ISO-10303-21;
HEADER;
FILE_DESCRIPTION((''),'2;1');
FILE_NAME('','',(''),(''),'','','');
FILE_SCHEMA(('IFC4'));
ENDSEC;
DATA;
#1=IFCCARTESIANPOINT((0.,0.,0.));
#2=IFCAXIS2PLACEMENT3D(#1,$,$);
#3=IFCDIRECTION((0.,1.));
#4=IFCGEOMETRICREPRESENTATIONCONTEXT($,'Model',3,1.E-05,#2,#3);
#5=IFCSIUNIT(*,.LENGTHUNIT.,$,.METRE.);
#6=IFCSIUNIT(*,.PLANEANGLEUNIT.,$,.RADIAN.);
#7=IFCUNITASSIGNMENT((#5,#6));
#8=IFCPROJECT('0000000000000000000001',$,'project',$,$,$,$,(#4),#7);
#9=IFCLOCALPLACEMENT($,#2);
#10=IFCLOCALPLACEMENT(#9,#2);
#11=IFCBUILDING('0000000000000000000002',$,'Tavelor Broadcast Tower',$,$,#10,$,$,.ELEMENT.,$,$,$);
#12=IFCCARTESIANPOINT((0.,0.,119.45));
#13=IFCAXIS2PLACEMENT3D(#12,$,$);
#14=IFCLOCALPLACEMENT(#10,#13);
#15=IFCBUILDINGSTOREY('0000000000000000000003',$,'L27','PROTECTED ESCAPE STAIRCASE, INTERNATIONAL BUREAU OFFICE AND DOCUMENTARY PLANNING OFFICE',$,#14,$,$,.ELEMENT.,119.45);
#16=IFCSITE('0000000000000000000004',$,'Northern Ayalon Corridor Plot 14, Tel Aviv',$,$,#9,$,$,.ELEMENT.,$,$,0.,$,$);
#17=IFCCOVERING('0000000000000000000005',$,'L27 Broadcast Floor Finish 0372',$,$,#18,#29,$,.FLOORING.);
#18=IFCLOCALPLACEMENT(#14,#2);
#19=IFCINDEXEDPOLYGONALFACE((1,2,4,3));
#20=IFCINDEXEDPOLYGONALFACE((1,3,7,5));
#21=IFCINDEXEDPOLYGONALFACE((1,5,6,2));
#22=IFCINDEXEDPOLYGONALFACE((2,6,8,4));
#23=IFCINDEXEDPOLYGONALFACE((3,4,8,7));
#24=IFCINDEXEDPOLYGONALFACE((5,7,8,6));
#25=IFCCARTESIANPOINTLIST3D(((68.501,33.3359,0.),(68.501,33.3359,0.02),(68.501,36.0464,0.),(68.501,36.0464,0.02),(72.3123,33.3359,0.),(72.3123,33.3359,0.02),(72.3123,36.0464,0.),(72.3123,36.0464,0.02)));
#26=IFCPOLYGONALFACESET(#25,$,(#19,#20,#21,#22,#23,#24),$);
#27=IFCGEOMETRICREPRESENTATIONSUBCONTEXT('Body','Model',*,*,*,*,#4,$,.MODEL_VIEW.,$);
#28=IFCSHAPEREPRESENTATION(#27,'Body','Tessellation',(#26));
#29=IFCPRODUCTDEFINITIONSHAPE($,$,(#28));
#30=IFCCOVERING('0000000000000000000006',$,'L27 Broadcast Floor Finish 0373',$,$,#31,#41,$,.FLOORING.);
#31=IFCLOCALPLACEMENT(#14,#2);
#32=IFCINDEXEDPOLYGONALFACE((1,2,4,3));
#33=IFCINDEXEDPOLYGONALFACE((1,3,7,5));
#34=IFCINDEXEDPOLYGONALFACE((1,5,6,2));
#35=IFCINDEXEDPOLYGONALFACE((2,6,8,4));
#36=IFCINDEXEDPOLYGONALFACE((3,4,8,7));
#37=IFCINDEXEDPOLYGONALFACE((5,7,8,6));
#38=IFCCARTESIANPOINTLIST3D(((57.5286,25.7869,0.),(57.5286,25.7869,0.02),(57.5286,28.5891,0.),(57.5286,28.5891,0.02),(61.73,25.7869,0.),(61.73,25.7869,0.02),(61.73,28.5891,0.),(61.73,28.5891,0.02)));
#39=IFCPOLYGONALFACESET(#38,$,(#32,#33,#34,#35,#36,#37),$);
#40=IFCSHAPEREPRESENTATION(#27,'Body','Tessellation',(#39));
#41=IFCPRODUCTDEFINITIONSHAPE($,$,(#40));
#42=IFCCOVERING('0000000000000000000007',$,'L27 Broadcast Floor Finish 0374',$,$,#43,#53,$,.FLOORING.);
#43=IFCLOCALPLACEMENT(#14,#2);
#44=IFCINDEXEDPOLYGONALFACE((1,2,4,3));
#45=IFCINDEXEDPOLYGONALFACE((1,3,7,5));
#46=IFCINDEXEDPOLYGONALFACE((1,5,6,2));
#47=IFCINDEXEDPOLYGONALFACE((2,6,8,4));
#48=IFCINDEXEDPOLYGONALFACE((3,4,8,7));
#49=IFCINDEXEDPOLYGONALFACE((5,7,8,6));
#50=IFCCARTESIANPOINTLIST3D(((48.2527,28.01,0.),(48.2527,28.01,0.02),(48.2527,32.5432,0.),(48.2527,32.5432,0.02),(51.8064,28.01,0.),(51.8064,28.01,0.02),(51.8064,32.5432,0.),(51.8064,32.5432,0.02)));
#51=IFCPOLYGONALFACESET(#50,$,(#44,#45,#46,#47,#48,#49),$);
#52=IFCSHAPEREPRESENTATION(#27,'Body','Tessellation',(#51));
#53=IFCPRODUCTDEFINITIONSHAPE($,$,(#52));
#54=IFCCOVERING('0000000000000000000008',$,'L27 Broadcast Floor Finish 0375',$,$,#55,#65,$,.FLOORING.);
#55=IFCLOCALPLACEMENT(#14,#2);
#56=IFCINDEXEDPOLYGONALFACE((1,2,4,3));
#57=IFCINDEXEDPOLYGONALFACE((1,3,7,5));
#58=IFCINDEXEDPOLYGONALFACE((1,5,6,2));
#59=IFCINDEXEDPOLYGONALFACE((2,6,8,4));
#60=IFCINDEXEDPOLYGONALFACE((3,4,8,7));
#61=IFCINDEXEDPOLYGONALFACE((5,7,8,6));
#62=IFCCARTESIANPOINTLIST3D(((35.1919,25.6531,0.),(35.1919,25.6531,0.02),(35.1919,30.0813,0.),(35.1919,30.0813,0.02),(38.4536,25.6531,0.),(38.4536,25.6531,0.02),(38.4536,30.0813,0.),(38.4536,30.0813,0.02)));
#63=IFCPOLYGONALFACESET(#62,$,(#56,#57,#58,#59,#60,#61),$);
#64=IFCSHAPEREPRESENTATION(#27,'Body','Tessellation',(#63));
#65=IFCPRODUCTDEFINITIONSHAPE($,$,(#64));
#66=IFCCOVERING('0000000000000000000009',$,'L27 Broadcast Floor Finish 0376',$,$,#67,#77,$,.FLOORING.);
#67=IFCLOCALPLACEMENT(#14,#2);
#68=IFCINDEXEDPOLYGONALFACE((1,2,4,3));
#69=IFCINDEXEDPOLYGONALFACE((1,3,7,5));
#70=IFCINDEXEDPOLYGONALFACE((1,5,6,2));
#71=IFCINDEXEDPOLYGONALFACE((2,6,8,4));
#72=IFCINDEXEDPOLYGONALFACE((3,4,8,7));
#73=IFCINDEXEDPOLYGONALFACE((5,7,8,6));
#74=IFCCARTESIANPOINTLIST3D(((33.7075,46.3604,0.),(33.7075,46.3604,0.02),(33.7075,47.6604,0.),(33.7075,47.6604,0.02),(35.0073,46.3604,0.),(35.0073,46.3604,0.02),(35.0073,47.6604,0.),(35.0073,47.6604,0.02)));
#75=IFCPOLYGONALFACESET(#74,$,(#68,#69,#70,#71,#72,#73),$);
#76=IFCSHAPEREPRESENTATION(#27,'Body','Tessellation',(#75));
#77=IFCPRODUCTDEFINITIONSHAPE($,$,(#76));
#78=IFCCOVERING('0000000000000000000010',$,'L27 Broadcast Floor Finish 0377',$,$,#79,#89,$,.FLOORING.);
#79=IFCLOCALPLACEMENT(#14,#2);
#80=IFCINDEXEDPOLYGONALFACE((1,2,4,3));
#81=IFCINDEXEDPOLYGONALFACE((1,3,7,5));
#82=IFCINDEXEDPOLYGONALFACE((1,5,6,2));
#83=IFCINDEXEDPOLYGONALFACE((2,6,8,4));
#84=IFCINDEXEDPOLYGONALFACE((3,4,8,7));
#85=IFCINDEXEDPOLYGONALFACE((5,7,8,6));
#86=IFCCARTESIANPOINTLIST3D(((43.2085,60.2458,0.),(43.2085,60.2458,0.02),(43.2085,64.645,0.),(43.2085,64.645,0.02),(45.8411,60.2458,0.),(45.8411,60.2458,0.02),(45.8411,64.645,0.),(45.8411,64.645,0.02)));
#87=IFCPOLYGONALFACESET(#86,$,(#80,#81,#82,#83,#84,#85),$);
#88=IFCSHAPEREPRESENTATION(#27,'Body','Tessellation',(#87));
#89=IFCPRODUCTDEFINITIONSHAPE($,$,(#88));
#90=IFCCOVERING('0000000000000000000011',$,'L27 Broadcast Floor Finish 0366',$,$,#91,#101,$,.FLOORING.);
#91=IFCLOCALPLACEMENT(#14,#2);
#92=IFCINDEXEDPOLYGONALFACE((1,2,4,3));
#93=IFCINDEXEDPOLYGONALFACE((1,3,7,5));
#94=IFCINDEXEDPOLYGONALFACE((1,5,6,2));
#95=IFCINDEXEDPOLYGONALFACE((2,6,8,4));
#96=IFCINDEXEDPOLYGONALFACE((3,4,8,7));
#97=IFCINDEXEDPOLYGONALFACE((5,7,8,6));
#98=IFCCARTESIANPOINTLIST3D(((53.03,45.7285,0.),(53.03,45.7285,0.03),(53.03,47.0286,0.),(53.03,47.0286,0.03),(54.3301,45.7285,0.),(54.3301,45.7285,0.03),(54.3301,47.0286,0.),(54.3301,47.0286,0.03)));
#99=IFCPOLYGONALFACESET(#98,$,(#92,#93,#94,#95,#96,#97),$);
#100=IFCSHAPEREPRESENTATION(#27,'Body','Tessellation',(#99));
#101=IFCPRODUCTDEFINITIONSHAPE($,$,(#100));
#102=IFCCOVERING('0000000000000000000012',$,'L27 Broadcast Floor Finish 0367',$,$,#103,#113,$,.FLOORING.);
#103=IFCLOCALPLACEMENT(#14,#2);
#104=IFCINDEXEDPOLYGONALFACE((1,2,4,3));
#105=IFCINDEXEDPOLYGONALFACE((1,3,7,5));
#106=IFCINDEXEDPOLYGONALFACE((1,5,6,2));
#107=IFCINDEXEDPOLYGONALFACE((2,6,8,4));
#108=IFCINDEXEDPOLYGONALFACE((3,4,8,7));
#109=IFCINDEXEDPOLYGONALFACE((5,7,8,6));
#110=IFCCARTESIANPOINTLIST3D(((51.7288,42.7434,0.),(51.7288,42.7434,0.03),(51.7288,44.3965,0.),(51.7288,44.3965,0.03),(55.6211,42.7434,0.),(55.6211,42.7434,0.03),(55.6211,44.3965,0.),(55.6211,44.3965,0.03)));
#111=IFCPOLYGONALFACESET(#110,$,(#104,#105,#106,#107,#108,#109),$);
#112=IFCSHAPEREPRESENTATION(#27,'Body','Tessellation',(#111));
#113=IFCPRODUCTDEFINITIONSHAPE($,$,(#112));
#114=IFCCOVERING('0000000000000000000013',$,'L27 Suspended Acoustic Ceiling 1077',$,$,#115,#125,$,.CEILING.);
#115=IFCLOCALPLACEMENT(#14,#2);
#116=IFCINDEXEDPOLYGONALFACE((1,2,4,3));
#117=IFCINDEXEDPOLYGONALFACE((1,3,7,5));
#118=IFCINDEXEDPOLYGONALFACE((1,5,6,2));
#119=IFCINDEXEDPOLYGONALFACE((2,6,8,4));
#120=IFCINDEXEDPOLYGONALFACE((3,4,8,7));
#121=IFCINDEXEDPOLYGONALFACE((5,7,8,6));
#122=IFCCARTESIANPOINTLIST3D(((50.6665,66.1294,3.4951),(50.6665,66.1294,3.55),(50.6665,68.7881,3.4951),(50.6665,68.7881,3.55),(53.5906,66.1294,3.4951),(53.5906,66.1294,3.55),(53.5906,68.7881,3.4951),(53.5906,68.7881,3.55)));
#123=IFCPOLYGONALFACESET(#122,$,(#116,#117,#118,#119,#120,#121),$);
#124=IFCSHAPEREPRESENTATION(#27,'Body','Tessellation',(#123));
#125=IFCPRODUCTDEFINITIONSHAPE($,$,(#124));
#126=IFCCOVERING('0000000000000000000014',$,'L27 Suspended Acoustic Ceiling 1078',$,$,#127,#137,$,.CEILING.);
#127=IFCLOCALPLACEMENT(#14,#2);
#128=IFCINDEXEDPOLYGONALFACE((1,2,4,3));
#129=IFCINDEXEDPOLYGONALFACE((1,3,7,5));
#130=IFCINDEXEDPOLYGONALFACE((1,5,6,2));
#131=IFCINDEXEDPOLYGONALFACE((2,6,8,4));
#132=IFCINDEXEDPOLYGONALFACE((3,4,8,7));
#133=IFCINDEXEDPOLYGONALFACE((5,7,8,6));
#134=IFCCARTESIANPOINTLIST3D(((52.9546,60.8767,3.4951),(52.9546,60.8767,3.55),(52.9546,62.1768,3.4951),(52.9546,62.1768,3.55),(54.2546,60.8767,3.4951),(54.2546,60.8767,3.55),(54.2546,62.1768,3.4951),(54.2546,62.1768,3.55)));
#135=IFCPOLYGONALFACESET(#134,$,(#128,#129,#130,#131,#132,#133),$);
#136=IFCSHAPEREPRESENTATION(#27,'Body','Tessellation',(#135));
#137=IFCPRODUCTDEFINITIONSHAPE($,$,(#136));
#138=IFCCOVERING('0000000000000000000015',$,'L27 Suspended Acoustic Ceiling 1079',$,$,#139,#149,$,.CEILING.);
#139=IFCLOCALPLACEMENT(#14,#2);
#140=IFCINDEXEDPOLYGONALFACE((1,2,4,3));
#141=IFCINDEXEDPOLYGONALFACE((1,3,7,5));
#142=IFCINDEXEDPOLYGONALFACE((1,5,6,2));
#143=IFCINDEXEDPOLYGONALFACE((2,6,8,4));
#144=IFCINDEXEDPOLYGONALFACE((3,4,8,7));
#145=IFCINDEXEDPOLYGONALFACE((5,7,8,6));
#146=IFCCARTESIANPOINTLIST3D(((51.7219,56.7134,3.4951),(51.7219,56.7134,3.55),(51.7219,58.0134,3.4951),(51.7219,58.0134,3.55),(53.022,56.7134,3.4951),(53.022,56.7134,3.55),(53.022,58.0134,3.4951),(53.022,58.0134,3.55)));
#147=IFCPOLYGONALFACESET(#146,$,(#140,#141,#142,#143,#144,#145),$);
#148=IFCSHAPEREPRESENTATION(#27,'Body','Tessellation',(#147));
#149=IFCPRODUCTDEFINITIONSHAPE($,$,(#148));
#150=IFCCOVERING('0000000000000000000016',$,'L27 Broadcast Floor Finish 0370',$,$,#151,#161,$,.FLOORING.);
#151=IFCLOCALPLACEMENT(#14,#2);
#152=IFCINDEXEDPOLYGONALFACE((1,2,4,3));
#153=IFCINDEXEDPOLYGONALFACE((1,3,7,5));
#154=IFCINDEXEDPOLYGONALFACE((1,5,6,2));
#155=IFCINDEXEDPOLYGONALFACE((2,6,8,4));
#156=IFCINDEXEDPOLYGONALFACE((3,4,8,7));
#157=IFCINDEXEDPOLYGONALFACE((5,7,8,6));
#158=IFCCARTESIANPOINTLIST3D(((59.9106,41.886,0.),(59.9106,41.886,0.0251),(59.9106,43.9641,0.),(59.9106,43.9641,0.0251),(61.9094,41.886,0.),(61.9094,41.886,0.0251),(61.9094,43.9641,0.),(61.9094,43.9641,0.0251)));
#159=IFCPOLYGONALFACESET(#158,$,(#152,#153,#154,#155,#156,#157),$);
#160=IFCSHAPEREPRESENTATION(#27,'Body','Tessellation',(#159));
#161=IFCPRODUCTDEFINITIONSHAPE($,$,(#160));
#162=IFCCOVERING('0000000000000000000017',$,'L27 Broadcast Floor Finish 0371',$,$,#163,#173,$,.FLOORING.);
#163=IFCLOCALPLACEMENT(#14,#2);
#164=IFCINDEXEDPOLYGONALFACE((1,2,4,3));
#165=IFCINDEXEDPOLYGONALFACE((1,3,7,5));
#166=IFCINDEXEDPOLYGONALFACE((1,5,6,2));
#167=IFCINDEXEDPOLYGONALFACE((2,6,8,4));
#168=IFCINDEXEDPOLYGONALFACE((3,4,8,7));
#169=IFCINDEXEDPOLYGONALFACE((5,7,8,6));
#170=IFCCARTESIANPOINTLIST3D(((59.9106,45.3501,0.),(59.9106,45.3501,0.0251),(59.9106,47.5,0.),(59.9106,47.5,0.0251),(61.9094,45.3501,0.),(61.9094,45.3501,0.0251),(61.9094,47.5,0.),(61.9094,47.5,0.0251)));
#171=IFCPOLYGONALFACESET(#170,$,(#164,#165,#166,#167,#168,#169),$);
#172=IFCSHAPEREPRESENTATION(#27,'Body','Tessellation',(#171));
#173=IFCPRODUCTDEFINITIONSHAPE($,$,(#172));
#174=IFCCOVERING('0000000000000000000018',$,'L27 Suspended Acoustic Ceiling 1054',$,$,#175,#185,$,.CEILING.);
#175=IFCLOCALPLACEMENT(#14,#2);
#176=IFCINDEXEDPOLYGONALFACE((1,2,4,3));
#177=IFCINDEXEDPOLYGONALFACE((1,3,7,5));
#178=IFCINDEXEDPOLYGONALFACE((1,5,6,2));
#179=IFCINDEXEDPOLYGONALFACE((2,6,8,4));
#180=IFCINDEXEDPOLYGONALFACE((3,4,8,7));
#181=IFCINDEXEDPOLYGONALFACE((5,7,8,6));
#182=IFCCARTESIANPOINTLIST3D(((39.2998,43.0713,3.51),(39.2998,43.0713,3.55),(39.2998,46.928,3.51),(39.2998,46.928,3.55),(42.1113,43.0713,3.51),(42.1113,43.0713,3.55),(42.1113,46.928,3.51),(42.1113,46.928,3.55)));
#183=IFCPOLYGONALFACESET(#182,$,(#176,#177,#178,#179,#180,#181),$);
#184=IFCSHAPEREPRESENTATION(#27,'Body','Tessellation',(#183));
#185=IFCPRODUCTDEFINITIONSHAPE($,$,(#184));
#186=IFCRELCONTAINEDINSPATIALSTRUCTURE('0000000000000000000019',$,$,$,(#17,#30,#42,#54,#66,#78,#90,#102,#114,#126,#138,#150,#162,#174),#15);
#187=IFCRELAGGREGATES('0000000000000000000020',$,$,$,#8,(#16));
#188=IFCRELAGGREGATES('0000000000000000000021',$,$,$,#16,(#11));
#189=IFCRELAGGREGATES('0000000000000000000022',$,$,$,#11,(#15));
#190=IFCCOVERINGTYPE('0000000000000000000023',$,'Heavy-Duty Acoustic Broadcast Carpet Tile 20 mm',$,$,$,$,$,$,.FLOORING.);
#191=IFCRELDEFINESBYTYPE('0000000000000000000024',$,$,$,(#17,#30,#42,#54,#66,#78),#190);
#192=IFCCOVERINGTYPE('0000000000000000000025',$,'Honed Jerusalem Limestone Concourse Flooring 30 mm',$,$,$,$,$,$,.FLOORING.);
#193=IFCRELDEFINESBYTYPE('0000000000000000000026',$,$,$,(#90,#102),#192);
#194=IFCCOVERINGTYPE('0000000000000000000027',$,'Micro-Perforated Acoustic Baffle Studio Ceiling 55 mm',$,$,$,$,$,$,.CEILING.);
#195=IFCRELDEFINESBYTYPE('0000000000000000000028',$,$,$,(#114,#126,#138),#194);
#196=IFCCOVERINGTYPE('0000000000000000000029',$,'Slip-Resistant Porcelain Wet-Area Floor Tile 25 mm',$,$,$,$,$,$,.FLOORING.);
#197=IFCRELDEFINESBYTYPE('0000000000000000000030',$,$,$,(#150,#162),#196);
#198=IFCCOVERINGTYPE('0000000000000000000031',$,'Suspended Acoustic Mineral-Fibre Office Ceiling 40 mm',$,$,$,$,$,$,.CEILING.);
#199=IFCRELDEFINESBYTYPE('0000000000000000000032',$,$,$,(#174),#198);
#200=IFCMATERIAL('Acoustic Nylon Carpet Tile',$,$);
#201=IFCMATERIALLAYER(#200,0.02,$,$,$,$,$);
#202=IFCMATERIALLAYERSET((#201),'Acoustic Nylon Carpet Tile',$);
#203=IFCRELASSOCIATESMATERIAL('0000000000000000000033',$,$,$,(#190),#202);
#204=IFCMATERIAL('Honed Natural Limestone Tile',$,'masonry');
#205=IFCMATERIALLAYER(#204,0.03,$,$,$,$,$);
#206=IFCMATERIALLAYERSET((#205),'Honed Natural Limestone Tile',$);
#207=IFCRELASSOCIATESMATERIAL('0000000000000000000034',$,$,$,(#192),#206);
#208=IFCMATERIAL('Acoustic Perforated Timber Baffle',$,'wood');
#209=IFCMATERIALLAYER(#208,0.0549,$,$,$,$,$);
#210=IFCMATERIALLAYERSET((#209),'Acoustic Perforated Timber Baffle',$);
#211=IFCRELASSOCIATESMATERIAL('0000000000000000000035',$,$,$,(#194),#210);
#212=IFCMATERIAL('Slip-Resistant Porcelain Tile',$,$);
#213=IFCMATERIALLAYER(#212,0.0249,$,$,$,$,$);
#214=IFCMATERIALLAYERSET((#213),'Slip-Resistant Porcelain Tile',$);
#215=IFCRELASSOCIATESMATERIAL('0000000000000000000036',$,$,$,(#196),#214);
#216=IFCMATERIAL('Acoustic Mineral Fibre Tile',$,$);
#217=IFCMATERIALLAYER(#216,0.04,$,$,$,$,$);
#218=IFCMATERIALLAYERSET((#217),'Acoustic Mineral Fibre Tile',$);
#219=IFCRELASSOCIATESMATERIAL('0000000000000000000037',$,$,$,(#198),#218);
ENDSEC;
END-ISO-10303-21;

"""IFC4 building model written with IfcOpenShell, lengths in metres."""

from ifc_helpers import new_model, si_unit, direction, frame, origin, place, context, subcontext, project, spatial, polyline, outline, extrude, material, layer, layer_set, type_object, element, save


model = new_model("IFC4")

# Units and contexts
model_context = context("Model", 3, precision=1e-05, world=origin(), true_north=direction((0.0, 1.0)))
body_context = subcontext(model_context, "Body", "Model", "MODEL_VIEW")
ifc_project = project(units=[si_unit("LENGTHUNIT", "METRE"), si_unit("PLANEANGLEUNIT", "RADIAN")], contexts=[model_context])

# Site, building, storey
site_placement = place(None, origin())
site = spatial("IfcSite", under=ifc_project, at=site_placement, Name="Northern Ayalon Corridor Plot 14, Tel Aviv", CompositionType="ELEMENT", RefElevation=0.0)
building_placement = place(site_placement, origin())
building = spatial("IfcBuilding", under=site, at=building_placement, Name="Tavelor Broadcast Tower", CompositionType="ELEMENT")
storey_placement = place(building_placement, frame((0.0, 0.0, 119.45)))
storey = spatial("IfcBuildingStorey", under=building, at=storey_placement, Name="L27", Description="PROTECTED ESCAPE STAIRCASE, INTERNATIONAL BUREAU OFFICE AND DOCUMENTARY PLANNING OFFICE", CompositionType="ELEMENT", Elevation=119.45)

# Coverings
ifc_material_1 = material(Name="Acoustic Nylon Carpet Tile")
ifc_layer_1 = layer(ifc_material_1, 0.02)
ifc_layer_set_1 = layer_set([ifc_layer_1], Name="Acoustic Nylon Carpet Tile")
covering_type_1 = type_object("IfcCoveringType", Name="Heavy-Duty Acoustic Broadcast Carpet Tile 20 mm", PredefinedType="FLOORING", material=ifc_layer_set_1)
covering_1_placement = place(storey_placement, origin())
element("IfcCovering", 1, at=covering_1_placement, inside=storey, type_object=covering_type_1, Name="L27 Broadcast Floor Finish 0372", PredefinedType="FLOORING", context=body_context, shape_type="SweptSolid", body=[
    extrude(outline(polyline([(68.501, 33.3359), (72.3123, 33.3359), (72.3123, 36.0464), (68.501, 36.0464), (68.501, 33.3359)])), origin(), (0.0, 0.0, 1.0), 0.02),
])
covering_2_placement = place(storey_placement, origin())
element("IfcCovering", 2, at=covering_2_placement, inside=storey, type_object=covering_type_1, Name="L27 Broadcast Floor Finish 0373", PredefinedType="FLOORING", context=body_context, shape_type="SweptSolid", body=[
    extrude(outline(polyline([(57.5286, 25.7869), (61.73, 25.7869), (61.73, 28.5891), (57.5286, 28.5891), (57.5286, 25.7869)])), origin(), (0.0, 0.0, 1.0), 0.02),
])
covering_3_placement = place(storey_placement, origin())
element("IfcCovering", 3, at=covering_3_placement, inside=storey, type_object=covering_type_1, Name="L27 Broadcast Floor Finish 0374", PredefinedType="FLOORING", context=body_context, shape_type="SweptSolid", body=[
    extrude(outline(polyline([(48.2527, 28.01), (51.8064, 28.01), (51.8064, 32.5432), (48.2527, 32.5432), (48.2527, 28.01)])), origin(), (0.0, 0.0, 1.0), 0.02),
])
covering_4_placement = place(storey_placement, origin())
element("IfcCovering", 4, at=covering_4_placement, inside=storey, type_object=covering_type_1, Name="L27 Broadcast Floor Finish 0375", PredefinedType="FLOORING", context=body_context, shape_type="SweptSolid", body=[
    extrude(outline(polyline([(35.1919, 25.6531), (38.4536, 25.6531), (38.4536, 30.0813), (35.1919, 30.0813), (35.1919, 25.6531)])), origin(), (0.0, 0.0, 1.0), 0.02),
])
covering_5_placement = place(storey_placement, origin())
element("IfcCovering", 5, at=covering_5_placement, inside=storey, type_object=covering_type_1, Name="L27 Broadcast Floor Finish 0376", PredefinedType="FLOORING", context=body_context, shape_type="SweptSolid", body=[
    extrude(outline(polyline([(33.7075, 46.3604), (35.0073, 46.3604), (35.0073, 47.6604), (33.7075, 47.6604), (33.7075, 46.3604)])), origin(), (0.0, 0.0, 1.0), 0.02),
])
covering_6_placement = place(storey_placement, origin())
element("IfcCovering", 6, at=covering_6_placement, inside=storey, type_object=covering_type_1, Name="L27 Broadcast Floor Finish 0377", PredefinedType="FLOORING", context=body_context, shape_type="SweptSolid", body=[
    extrude(outline(polyline([(43.2085, 60.2458), (45.8411, 60.2458), (45.8411, 64.645), (43.2085, 64.645), (43.2085, 60.2458)])), origin(), (0.0, 0.0, 1.0), 0.02),
])
ifc_material_2 = material(Name="Honed Natural Limestone Tile", Category="masonry")
ifc_layer_2 = layer(ifc_material_2, 0.03)
ifc_layer_set_2 = layer_set([ifc_layer_2], Name="Honed Natural Limestone Tile")
covering_type_2 = type_object("IfcCoveringType", Name="Honed Jerusalem Limestone Concourse Flooring 30 mm", PredefinedType="FLOORING", material=ifc_layer_set_2)
covering_7_placement = place(storey_placement, origin())
element("IfcCovering", 7, at=covering_7_placement, inside=storey, type_object=covering_type_2, Name="L27 Broadcast Floor Finish 0366", PredefinedType="FLOORING", context=body_context, shape_type="SweptSolid", body=[
    extrude(outline(polyline([(53.03, 45.7285), (54.3301, 45.7285), (54.3301, 47.0286), (53.03, 47.0286), (53.03, 45.7285)])), origin(), (0.0, 0.0, 1.0), 0.03),
])
covering_8_placement = place(storey_placement, origin())
element("IfcCovering", 8, at=covering_8_placement, inside=storey, type_object=covering_type_2, Name="L27 Broadcast Floor Finish 0367", PredefinedType="FLOORING", context=body_context, shape_type="SweptSolid", body=[
    extrude(outline(polyline([(51.7288, 42.7434), (55.6211, 42.7434), (55.6211, 44.3965), (51.7288, 44.3965), (51.7288, 42.7434)])), origin(), (0.0, 0.0, 1.0), 0.03),
])
ifc_material_3 = material(Name="Acoustic Perforated Timber Baffle", Category="wood")
ifc_layer_3 = layer(ifc_material_3, 0.0549)
ifc_layer_set_3 = layer_set([ifc_layer_3], Name="Acoustic Perforated Timber Baffle")
covering_type_3 = type_object("IfcCoveringType", Name="Micro-Perforated Acoustic Baffle Studio Ceiling 55 mm", PredefinedType="CEILING", material=ifc_layer_set_3)
covering_9_placement = place(storey_placement, frame((0.0, 0.0, 3.4951)))
element("IfcCovering", 9, at=covering_9_placement, inside=storey, type_object=covering_type_3, Name="L27 Suspended Acoustic Ceiling 1077", PredefinedType="CEILING", context=body_context, shape_type="SweptSolid", body=[
    extrude(outline(polyline([(50.6665, 66.1294), (53.5906, 66.1294), (53.5906, 68.7881), (50.6665, 68.7881), (50.6665, 66.1294)])), origin(), (0.0, 0.0, 1.0), 0.0549),
])
covering_10_placement = place(storey_placement, frame((0.0, 0.0, 3.4951)))
element("IfcCovering", 10, at=covering_10_placement, inside=storey, type_object=covering_type_3, Name="L27 Suspended Acoustic Ceiling 1078", PredefinedType="CEILING", context=body_context, shape_type="SweptSolid", body=[
    extrude(outline(polyline([(52.9546, 60.8767), (54.2546, 60.8767), (54.2546, 62.1768), (52.9546, 62.1768), (52.9546, 60.8767)])), origin(), (0.0, 0.0, 1.0), 0.0549),
])
covering_11_placement = place(storey_placement, frame((0.0, 0.0, 3.4951)))
element("IfcCovering", 11, at=covering_11_placement, inside=storey, type_object=covering_type_3, Name="L27 Suspended Acoustic Ceiling 1079", PredefinedType="CEILING", context=body_context, shape_type="SweptSolid", body=[
    extrude(outline(polyline([(51.7219, 56.7134), (53.022, 56.7134), (53.022, 58.0134), (51.7219, 58.0134), (51.7219, 56.7134)])), origin(), (0.0, 0.0, 1.0), 0.0549),
])
ifc_material_4 = material(Name="Slip-Resistant Porcelain Tile")
ifc_layer_4 = layer(ifc_material_4, 0.0249)
ifc_layer_set_4 = layer_set([ifc_layer_4], Name="Slip-Resistant Porcelain Tile")
covering_type_4 = type_object("IfcCoveringType", Name="Slip-Resistant Porcelain Wet-Area Floor Tile 25 mm", PredefinedType="FLOORING", material=ifc_layer_set_4)
covering_12_placement = place(storey_placement, origin())
element("IfcCovering", 12, at=covering_12_placement, inside=storey, type_object=covering_type_4, Name="L27 Broadcast Floor Finish 0370", PredefinedType="FLOORING", context=body_context, shape_type="SweptSolid", body=[
    extrude(outline(polyline([(59.9106, 41.886), (61.9094, 41.886), (61.9094, 43.9641), (59.9106, 43.9641), (59.9106, 41.886)])), origin(), (0.0, 0.0, 1.0), 0.0251),
])
covering_13_placement = place(storey_placement, origin())
element("IfcCovering", 13, at=covering_13_placement, inside=storey, type_object=covering_type_4, Name="L27 Broadcast Floor Finish 0371", PredefinedType="FLOORING", context=body_context, shape_type="SweptSolid", body=[
    extrude(outline(polyline([(59.9106, 45.3501), (61.9094, 45.3501), (61.9094, 47.5), (59.9106, 47.5), (59.9106, 45.3501)])), origin(), (0.0, 0.0, 1.0), 0.0251),
])
ifc_material_5 = material(Name="Acoustic Mineral Fibre Tile")
ifc_layer_5 = layer(ifc_material_5, 0.04)
ifc_layer_set_5 = layer_set([ifc_layer_5], Name="Acoustic Mineral Fibre Tile")
covering_type_5 = type_object("IfcCoveringType", Name="Suspended Acoustic Mineral-Fibre Office Ceiling 40 mm", PredefinedType="CEILING", material=ifc_layer_set_5)
covering_14_placement = place(storey_placement, frame((0.0, 0.0, 3.51)))
element("IfcCovering", 14, at=covering_14_placement, inside=storey, type_object=covering_type_5, Name="L27 Suspended Acoustic Ceiling 1054", PredefinedType="CEILING", context=body_context, shape_type="SweptSolid", body=[
    extrude(outline(polyline([(39.2998, 43.0713), (42.1113, 43.0713), (42.1113, 46.928), (39.2998, 46.928), (39.2998, 43.0713)])), origin(), (0.0, 0.0, 1.0), 0.04),
])

save(model, "model.ifc")
